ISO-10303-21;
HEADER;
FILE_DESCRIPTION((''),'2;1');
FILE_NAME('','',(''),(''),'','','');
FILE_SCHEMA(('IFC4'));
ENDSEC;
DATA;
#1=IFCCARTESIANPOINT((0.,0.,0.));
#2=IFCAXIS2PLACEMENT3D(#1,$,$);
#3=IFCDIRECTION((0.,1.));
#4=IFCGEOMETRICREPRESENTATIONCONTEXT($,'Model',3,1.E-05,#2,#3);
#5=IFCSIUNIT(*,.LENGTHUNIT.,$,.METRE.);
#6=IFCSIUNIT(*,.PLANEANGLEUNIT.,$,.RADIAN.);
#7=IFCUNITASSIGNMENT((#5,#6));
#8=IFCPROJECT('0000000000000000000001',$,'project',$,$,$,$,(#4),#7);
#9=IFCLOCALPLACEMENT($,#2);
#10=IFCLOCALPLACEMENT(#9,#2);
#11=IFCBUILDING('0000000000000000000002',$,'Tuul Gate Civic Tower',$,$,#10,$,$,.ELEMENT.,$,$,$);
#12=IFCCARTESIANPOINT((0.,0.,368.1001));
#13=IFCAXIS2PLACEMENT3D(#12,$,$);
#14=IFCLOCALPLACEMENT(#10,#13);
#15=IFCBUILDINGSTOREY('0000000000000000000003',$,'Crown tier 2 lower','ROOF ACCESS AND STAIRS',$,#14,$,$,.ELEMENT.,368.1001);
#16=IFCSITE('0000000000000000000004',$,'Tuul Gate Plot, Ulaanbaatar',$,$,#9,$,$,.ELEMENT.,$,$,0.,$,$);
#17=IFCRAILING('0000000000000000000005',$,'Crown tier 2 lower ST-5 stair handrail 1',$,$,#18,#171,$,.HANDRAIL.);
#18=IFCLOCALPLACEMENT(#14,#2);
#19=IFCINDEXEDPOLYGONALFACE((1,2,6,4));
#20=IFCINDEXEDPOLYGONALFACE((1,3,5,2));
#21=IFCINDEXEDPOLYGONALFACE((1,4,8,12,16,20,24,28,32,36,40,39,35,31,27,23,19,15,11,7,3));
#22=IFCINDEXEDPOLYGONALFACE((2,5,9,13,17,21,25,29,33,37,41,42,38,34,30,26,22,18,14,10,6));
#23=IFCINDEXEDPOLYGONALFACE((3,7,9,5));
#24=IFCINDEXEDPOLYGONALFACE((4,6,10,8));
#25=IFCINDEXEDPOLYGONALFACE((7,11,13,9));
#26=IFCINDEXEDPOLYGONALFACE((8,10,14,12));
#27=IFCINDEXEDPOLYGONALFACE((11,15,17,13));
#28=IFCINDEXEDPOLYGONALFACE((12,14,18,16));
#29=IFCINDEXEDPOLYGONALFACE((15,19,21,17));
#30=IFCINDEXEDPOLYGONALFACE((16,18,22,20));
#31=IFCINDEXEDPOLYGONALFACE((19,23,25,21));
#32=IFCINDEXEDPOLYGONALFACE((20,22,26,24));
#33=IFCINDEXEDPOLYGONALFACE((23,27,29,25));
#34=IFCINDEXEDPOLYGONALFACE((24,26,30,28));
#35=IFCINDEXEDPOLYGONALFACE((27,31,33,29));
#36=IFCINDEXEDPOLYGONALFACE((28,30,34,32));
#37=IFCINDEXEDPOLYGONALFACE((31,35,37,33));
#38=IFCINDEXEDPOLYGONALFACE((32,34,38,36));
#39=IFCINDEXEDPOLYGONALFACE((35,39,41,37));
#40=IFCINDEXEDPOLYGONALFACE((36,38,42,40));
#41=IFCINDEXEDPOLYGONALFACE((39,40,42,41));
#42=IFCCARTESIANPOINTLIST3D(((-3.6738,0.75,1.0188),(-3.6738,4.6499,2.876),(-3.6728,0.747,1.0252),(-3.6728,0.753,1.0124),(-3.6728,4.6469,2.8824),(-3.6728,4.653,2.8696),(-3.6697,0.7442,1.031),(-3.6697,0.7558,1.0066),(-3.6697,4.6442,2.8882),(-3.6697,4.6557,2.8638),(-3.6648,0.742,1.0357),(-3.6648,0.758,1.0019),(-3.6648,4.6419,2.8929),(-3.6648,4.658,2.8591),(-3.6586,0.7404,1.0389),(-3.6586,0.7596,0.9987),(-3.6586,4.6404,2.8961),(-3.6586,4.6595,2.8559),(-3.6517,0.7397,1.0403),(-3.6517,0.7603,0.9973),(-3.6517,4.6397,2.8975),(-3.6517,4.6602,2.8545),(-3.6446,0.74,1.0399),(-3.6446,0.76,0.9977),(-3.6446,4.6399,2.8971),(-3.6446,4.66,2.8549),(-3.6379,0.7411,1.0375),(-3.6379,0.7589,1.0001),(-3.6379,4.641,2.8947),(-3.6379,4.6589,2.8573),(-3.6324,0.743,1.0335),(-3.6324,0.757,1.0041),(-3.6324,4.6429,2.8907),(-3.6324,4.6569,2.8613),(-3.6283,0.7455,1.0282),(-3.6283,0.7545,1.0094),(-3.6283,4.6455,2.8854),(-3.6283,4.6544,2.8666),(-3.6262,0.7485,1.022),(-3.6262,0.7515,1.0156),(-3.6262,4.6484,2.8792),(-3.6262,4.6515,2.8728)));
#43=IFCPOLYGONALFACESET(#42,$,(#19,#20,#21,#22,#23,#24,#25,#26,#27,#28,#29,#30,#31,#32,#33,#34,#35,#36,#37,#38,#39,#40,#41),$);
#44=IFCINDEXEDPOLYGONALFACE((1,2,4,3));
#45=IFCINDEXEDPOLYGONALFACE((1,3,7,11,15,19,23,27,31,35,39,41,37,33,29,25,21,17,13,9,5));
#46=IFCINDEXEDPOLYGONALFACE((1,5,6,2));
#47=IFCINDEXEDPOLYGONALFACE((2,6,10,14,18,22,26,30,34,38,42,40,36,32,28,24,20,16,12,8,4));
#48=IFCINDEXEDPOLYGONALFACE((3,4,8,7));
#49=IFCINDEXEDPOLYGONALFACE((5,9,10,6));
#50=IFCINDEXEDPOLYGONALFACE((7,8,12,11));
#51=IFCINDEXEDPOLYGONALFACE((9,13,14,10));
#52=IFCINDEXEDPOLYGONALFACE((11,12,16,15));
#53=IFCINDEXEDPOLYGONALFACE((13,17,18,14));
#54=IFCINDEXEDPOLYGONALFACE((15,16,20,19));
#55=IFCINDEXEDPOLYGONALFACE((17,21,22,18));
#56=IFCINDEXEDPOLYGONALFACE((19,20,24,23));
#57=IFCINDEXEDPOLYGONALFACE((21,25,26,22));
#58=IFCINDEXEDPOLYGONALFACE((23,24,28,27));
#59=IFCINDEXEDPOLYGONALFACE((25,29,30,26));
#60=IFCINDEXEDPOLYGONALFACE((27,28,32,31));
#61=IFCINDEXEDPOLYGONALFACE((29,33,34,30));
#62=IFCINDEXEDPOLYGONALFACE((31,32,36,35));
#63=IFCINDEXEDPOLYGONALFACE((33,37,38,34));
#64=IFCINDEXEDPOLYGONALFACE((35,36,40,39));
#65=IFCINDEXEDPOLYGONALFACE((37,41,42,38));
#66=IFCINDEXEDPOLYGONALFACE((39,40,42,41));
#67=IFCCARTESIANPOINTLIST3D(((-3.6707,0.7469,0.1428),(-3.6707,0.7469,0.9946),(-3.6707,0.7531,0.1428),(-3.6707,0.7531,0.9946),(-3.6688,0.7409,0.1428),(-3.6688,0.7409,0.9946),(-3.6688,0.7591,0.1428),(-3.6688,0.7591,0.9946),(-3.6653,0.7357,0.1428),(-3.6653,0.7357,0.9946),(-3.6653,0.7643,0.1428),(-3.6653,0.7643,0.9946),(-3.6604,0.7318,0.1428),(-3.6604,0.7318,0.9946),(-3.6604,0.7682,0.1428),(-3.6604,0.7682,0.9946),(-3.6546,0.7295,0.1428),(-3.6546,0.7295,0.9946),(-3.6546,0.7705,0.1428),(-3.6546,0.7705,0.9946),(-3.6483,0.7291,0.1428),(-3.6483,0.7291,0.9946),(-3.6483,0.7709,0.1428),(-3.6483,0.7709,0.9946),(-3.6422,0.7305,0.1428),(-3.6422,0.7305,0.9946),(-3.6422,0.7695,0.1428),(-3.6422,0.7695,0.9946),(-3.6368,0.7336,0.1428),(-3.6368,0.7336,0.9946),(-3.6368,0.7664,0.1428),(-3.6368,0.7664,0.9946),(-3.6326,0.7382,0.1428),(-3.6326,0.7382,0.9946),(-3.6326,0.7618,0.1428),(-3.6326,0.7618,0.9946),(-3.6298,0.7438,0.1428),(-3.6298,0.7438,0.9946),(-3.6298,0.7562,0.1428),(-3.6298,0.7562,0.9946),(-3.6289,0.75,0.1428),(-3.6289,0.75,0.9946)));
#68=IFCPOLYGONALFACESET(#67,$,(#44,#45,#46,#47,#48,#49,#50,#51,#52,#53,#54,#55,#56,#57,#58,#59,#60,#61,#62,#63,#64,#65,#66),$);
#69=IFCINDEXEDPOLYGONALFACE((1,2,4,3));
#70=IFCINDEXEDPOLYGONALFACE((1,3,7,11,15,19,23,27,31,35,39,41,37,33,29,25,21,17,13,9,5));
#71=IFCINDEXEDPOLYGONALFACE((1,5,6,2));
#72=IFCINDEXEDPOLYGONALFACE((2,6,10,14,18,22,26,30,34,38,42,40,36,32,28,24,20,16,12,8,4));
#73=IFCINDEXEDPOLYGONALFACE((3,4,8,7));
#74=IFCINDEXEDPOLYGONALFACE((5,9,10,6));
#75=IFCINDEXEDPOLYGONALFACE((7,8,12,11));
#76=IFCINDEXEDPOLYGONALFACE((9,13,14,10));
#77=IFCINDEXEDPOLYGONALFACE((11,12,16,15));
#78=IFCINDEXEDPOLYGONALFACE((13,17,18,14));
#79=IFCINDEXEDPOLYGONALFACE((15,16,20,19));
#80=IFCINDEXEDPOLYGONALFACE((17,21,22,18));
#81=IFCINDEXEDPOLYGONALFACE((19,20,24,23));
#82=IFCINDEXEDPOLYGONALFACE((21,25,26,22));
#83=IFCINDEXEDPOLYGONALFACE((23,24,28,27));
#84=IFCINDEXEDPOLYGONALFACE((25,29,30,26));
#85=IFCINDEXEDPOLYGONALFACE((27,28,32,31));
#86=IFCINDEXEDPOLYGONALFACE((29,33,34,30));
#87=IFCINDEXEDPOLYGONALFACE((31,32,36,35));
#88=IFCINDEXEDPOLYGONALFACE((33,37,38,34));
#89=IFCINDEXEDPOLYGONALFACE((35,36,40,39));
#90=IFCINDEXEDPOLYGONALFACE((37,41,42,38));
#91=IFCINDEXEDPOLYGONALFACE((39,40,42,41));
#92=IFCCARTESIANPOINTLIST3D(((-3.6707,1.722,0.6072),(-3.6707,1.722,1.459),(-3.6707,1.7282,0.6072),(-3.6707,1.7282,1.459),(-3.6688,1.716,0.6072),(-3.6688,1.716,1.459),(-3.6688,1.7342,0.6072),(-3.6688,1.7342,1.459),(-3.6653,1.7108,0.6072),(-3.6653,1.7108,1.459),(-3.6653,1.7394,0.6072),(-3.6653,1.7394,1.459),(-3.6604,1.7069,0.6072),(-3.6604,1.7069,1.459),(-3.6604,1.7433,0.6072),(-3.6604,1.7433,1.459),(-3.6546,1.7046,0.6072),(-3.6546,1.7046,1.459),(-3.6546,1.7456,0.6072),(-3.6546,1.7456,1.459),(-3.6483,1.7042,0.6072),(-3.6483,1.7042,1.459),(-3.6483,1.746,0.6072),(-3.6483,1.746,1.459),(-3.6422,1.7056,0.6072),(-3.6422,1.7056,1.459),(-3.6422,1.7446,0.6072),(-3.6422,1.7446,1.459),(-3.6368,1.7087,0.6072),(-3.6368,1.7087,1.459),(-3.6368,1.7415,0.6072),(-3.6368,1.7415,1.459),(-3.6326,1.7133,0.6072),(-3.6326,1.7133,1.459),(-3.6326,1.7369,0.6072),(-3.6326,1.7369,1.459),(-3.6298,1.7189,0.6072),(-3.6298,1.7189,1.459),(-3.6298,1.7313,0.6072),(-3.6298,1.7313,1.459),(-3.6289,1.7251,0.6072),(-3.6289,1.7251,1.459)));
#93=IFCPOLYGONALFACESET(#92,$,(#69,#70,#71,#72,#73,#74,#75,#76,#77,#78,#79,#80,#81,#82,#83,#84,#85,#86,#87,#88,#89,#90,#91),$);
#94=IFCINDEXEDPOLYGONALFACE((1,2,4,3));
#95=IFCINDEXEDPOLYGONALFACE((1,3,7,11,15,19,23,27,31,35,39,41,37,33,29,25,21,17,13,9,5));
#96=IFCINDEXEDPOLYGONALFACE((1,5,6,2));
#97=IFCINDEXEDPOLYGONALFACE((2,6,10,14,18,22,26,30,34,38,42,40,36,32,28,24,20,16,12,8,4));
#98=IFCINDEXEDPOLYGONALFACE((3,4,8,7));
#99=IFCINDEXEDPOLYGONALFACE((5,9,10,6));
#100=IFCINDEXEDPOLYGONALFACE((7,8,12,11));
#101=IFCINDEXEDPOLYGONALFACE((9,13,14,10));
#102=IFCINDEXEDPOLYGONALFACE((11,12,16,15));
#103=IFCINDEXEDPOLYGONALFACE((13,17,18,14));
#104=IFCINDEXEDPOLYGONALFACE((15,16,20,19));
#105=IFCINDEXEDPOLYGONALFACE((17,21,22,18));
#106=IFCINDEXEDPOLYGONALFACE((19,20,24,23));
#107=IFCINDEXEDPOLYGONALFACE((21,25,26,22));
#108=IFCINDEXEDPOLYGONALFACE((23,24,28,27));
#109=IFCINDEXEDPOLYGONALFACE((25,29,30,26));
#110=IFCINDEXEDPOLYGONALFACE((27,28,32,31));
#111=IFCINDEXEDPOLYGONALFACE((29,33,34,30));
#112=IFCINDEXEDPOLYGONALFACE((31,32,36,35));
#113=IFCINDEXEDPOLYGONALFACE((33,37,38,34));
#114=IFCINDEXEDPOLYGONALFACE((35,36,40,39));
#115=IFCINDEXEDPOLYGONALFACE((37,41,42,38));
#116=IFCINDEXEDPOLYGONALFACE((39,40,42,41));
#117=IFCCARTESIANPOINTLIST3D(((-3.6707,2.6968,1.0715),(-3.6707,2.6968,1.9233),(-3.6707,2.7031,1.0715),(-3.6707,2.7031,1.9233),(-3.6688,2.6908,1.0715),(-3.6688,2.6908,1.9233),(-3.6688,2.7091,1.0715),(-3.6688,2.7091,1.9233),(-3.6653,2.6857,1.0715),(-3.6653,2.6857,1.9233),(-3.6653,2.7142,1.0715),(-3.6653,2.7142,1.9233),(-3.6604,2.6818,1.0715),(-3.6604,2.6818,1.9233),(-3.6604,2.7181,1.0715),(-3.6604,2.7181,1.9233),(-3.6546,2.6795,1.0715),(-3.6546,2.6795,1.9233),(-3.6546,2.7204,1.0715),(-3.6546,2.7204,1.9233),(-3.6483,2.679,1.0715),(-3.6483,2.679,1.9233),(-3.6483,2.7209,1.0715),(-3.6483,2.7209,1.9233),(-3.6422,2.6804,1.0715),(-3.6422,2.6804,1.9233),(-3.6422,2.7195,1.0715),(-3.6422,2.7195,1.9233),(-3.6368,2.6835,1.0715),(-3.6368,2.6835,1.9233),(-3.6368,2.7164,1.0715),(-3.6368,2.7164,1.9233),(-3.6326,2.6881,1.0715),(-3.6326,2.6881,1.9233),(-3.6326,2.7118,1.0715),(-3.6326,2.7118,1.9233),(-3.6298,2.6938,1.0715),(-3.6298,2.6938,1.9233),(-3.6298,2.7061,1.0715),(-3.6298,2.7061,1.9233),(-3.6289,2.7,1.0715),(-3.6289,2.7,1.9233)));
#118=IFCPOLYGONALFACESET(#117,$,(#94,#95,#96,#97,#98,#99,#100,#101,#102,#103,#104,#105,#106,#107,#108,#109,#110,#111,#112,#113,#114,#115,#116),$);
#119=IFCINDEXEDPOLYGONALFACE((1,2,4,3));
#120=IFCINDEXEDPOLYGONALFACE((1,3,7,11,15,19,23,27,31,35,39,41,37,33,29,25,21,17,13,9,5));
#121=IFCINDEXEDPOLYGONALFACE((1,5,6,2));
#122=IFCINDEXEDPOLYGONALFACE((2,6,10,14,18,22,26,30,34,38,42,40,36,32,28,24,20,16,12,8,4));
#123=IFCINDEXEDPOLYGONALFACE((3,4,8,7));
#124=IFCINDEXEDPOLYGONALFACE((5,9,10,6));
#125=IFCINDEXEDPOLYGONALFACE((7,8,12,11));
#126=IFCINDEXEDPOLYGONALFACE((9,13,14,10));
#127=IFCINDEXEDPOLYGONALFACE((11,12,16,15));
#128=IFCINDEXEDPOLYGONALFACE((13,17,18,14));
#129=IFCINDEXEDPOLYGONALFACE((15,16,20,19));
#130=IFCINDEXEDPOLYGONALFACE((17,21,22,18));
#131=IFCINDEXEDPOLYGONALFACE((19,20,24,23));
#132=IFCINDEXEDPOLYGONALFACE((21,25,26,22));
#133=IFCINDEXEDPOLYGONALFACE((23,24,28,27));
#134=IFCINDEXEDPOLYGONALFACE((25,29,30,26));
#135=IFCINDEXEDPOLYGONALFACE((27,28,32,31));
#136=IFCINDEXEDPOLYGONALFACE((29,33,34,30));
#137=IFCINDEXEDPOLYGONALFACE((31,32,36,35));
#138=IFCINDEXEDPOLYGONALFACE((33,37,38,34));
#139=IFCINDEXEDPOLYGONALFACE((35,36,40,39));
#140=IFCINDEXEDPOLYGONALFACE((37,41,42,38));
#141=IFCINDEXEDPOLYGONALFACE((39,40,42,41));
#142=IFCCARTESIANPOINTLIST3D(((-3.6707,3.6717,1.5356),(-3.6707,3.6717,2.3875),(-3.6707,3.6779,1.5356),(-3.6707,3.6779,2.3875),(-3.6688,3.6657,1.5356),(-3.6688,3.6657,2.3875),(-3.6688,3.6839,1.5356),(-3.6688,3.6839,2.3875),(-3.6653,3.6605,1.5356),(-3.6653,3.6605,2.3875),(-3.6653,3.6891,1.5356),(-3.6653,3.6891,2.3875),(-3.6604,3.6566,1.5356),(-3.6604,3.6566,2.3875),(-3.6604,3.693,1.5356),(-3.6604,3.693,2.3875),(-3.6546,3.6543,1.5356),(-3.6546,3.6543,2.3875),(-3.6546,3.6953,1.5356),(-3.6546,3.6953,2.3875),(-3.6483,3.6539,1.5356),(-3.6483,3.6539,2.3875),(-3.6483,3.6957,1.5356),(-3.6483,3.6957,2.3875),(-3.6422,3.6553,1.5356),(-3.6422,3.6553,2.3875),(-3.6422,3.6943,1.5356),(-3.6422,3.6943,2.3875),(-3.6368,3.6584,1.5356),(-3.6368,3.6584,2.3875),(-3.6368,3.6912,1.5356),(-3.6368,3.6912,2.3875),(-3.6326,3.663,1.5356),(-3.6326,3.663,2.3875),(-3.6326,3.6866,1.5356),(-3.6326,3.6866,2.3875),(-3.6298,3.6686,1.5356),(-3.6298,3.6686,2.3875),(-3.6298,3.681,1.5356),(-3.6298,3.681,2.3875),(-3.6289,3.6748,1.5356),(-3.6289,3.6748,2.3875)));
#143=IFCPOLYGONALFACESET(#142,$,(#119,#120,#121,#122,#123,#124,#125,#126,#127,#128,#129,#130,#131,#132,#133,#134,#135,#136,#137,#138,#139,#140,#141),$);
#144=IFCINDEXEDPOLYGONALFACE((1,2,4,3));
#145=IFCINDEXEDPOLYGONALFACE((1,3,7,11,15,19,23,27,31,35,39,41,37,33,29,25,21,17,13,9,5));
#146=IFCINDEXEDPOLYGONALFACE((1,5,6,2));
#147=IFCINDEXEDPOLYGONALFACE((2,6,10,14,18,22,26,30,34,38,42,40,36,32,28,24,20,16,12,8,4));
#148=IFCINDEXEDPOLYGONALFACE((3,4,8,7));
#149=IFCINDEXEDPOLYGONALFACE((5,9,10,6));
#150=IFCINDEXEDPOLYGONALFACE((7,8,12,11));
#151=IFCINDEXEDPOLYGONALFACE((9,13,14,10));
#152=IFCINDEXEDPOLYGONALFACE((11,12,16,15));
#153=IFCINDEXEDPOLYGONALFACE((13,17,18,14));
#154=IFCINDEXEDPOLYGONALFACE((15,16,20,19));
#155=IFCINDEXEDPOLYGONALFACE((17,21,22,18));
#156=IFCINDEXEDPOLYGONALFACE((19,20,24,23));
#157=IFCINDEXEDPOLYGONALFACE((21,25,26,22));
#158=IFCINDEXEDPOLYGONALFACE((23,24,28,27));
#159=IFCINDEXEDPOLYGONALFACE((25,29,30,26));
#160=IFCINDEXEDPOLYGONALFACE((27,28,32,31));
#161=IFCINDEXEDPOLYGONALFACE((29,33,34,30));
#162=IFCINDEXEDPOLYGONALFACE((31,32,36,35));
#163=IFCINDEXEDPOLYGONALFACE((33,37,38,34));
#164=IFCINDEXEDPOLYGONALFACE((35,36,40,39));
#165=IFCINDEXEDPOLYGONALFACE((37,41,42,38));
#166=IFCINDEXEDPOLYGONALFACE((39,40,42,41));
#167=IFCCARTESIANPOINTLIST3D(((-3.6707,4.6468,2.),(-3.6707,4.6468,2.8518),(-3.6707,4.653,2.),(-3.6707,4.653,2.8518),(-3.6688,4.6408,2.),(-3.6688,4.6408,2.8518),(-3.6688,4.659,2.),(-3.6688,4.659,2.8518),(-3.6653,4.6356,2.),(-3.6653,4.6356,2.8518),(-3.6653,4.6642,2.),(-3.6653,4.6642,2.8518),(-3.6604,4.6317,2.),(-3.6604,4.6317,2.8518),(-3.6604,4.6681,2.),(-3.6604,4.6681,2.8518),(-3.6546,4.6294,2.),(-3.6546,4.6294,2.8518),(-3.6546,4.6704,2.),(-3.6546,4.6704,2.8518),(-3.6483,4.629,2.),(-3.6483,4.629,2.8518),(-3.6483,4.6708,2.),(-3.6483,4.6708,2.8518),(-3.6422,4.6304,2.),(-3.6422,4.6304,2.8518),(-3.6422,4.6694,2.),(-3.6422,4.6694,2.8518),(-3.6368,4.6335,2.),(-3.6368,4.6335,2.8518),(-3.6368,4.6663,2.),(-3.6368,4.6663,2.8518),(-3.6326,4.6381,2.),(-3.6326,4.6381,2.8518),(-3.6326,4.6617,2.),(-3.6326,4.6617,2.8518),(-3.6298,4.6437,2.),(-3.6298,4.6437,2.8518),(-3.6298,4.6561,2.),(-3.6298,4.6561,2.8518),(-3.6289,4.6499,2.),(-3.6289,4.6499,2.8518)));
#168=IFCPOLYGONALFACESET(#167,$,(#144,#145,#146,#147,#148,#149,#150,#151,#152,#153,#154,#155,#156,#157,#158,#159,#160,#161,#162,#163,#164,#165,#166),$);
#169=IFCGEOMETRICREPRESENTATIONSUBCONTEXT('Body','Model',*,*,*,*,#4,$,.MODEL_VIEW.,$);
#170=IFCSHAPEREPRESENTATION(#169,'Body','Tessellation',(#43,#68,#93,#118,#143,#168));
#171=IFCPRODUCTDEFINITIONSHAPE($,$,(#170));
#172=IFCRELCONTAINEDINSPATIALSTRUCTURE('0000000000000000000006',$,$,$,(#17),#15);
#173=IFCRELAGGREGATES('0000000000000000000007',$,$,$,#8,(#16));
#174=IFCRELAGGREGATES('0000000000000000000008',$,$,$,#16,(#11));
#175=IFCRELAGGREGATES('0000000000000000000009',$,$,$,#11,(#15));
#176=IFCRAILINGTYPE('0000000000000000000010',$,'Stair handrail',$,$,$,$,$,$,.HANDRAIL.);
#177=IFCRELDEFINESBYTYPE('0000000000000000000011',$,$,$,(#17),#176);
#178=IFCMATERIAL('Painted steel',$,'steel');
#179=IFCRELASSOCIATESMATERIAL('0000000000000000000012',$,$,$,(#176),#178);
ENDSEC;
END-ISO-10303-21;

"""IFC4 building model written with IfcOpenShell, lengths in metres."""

from ifc_helpers import new_model, si_unit, direction, frame, origin, origin_2d, place, context, subcontext, project, spatial, circle, extrude, material, type_object, element, save


model = new_model("IFC4")

# Units and contexts
model_context = context("Model", 3, precision=1e-05, world=origin(), true_north=direction((0.0, 1.0)))
body_context = subcontext(model_context, "Body", "Model", "MODEL_VIEW")
ifc_project = project(units=[si_unit("LENGTHUNIT", "METRE"), si_unit("PLANEANGLEUNIT", "RADIAN")], contexts=[model_context])

# Site, building, storey
site_placement = place(None, origin())
site = spatial("IfcSite", under=ifc_project, at=site_placement, Name="Tuul Gate Plot, Ulaanbaatar", CompositionType="ELEMENT", RefElevation=0.0)
building_placement = place(site_placement, origin())
building = spatial("IfcBuilding", under=site, at=building_placement, Name="Tuul Gate Civic Tower", CompositionType="ELEMENT")
storey_placement = place(building_placement, frame((0.0, 0.0, 368.1001)))
storey = spatial("IfcBuildingStorey", under=building, at=storey_placement, Name="Crown tier 2 lower", Description="ROOF ACCESS AND STAIRS", CompositionType="ELEMENT", Elevation=368.1001)

# Railing
ifc_material_1 = material(Name="Painted steel", Category="steel")
railing_type_1 = type_object("IfcRailingType", Name="Stair handrail", PredefinedType="HANDRAIL", material=ifc_material_1)
railing_1_placement = place(storey_placement, frame((-3.6499, 0.75, 0.1428)))
element("IfcRailing", 1, at=railing_1_placement, inside=storey, type_object=railing_type_1, Name="Crown tier 2 lower ST-5 stair handrail 1", PredefinedType="HANDRAIL", context=body_context, shape_type="SweptSolid", body=[
    extrude(circle(Radius=0.0239, at=origin_2d()), frame((0.0, 0.0, 0.876), z_axis=(0.0, 0.902853, 0.429949), x_axis=(-1.0, 0.0, 0.0)), (0.0, 0.0, 1.0), 4.3196),
    extrude(circle(Radius=0.021, at=origin_2d()), origin(), (0.0, 0.0, 1.0), 0.8518),
    extrude(circle(Radius=0.021, at=origin_2d()), frame((0.0, 0.9751, 0.4644)), (0.0, 0.0, 1.0), 0.8518),
    extrude(circle(Radius=0.021, at=origin_2d()), frame((0.0, 1.95, 0.9287)), (0.0, 0.0, 1.0), 0.8518),
    extrude(circle(Radius=0.021, at=origin_2d()), frame((0.0, 2.9248, 1.3928)), (0.0, 0.0, 1.0), 0.8518),
    extrude(circle(Radius=0.021, at=origin_2d()), frame((0.0, 3.8999, 1.8572)), (0.0, 0.0, 1.0), 0.8518),
])

save(model, "model.ifc")
